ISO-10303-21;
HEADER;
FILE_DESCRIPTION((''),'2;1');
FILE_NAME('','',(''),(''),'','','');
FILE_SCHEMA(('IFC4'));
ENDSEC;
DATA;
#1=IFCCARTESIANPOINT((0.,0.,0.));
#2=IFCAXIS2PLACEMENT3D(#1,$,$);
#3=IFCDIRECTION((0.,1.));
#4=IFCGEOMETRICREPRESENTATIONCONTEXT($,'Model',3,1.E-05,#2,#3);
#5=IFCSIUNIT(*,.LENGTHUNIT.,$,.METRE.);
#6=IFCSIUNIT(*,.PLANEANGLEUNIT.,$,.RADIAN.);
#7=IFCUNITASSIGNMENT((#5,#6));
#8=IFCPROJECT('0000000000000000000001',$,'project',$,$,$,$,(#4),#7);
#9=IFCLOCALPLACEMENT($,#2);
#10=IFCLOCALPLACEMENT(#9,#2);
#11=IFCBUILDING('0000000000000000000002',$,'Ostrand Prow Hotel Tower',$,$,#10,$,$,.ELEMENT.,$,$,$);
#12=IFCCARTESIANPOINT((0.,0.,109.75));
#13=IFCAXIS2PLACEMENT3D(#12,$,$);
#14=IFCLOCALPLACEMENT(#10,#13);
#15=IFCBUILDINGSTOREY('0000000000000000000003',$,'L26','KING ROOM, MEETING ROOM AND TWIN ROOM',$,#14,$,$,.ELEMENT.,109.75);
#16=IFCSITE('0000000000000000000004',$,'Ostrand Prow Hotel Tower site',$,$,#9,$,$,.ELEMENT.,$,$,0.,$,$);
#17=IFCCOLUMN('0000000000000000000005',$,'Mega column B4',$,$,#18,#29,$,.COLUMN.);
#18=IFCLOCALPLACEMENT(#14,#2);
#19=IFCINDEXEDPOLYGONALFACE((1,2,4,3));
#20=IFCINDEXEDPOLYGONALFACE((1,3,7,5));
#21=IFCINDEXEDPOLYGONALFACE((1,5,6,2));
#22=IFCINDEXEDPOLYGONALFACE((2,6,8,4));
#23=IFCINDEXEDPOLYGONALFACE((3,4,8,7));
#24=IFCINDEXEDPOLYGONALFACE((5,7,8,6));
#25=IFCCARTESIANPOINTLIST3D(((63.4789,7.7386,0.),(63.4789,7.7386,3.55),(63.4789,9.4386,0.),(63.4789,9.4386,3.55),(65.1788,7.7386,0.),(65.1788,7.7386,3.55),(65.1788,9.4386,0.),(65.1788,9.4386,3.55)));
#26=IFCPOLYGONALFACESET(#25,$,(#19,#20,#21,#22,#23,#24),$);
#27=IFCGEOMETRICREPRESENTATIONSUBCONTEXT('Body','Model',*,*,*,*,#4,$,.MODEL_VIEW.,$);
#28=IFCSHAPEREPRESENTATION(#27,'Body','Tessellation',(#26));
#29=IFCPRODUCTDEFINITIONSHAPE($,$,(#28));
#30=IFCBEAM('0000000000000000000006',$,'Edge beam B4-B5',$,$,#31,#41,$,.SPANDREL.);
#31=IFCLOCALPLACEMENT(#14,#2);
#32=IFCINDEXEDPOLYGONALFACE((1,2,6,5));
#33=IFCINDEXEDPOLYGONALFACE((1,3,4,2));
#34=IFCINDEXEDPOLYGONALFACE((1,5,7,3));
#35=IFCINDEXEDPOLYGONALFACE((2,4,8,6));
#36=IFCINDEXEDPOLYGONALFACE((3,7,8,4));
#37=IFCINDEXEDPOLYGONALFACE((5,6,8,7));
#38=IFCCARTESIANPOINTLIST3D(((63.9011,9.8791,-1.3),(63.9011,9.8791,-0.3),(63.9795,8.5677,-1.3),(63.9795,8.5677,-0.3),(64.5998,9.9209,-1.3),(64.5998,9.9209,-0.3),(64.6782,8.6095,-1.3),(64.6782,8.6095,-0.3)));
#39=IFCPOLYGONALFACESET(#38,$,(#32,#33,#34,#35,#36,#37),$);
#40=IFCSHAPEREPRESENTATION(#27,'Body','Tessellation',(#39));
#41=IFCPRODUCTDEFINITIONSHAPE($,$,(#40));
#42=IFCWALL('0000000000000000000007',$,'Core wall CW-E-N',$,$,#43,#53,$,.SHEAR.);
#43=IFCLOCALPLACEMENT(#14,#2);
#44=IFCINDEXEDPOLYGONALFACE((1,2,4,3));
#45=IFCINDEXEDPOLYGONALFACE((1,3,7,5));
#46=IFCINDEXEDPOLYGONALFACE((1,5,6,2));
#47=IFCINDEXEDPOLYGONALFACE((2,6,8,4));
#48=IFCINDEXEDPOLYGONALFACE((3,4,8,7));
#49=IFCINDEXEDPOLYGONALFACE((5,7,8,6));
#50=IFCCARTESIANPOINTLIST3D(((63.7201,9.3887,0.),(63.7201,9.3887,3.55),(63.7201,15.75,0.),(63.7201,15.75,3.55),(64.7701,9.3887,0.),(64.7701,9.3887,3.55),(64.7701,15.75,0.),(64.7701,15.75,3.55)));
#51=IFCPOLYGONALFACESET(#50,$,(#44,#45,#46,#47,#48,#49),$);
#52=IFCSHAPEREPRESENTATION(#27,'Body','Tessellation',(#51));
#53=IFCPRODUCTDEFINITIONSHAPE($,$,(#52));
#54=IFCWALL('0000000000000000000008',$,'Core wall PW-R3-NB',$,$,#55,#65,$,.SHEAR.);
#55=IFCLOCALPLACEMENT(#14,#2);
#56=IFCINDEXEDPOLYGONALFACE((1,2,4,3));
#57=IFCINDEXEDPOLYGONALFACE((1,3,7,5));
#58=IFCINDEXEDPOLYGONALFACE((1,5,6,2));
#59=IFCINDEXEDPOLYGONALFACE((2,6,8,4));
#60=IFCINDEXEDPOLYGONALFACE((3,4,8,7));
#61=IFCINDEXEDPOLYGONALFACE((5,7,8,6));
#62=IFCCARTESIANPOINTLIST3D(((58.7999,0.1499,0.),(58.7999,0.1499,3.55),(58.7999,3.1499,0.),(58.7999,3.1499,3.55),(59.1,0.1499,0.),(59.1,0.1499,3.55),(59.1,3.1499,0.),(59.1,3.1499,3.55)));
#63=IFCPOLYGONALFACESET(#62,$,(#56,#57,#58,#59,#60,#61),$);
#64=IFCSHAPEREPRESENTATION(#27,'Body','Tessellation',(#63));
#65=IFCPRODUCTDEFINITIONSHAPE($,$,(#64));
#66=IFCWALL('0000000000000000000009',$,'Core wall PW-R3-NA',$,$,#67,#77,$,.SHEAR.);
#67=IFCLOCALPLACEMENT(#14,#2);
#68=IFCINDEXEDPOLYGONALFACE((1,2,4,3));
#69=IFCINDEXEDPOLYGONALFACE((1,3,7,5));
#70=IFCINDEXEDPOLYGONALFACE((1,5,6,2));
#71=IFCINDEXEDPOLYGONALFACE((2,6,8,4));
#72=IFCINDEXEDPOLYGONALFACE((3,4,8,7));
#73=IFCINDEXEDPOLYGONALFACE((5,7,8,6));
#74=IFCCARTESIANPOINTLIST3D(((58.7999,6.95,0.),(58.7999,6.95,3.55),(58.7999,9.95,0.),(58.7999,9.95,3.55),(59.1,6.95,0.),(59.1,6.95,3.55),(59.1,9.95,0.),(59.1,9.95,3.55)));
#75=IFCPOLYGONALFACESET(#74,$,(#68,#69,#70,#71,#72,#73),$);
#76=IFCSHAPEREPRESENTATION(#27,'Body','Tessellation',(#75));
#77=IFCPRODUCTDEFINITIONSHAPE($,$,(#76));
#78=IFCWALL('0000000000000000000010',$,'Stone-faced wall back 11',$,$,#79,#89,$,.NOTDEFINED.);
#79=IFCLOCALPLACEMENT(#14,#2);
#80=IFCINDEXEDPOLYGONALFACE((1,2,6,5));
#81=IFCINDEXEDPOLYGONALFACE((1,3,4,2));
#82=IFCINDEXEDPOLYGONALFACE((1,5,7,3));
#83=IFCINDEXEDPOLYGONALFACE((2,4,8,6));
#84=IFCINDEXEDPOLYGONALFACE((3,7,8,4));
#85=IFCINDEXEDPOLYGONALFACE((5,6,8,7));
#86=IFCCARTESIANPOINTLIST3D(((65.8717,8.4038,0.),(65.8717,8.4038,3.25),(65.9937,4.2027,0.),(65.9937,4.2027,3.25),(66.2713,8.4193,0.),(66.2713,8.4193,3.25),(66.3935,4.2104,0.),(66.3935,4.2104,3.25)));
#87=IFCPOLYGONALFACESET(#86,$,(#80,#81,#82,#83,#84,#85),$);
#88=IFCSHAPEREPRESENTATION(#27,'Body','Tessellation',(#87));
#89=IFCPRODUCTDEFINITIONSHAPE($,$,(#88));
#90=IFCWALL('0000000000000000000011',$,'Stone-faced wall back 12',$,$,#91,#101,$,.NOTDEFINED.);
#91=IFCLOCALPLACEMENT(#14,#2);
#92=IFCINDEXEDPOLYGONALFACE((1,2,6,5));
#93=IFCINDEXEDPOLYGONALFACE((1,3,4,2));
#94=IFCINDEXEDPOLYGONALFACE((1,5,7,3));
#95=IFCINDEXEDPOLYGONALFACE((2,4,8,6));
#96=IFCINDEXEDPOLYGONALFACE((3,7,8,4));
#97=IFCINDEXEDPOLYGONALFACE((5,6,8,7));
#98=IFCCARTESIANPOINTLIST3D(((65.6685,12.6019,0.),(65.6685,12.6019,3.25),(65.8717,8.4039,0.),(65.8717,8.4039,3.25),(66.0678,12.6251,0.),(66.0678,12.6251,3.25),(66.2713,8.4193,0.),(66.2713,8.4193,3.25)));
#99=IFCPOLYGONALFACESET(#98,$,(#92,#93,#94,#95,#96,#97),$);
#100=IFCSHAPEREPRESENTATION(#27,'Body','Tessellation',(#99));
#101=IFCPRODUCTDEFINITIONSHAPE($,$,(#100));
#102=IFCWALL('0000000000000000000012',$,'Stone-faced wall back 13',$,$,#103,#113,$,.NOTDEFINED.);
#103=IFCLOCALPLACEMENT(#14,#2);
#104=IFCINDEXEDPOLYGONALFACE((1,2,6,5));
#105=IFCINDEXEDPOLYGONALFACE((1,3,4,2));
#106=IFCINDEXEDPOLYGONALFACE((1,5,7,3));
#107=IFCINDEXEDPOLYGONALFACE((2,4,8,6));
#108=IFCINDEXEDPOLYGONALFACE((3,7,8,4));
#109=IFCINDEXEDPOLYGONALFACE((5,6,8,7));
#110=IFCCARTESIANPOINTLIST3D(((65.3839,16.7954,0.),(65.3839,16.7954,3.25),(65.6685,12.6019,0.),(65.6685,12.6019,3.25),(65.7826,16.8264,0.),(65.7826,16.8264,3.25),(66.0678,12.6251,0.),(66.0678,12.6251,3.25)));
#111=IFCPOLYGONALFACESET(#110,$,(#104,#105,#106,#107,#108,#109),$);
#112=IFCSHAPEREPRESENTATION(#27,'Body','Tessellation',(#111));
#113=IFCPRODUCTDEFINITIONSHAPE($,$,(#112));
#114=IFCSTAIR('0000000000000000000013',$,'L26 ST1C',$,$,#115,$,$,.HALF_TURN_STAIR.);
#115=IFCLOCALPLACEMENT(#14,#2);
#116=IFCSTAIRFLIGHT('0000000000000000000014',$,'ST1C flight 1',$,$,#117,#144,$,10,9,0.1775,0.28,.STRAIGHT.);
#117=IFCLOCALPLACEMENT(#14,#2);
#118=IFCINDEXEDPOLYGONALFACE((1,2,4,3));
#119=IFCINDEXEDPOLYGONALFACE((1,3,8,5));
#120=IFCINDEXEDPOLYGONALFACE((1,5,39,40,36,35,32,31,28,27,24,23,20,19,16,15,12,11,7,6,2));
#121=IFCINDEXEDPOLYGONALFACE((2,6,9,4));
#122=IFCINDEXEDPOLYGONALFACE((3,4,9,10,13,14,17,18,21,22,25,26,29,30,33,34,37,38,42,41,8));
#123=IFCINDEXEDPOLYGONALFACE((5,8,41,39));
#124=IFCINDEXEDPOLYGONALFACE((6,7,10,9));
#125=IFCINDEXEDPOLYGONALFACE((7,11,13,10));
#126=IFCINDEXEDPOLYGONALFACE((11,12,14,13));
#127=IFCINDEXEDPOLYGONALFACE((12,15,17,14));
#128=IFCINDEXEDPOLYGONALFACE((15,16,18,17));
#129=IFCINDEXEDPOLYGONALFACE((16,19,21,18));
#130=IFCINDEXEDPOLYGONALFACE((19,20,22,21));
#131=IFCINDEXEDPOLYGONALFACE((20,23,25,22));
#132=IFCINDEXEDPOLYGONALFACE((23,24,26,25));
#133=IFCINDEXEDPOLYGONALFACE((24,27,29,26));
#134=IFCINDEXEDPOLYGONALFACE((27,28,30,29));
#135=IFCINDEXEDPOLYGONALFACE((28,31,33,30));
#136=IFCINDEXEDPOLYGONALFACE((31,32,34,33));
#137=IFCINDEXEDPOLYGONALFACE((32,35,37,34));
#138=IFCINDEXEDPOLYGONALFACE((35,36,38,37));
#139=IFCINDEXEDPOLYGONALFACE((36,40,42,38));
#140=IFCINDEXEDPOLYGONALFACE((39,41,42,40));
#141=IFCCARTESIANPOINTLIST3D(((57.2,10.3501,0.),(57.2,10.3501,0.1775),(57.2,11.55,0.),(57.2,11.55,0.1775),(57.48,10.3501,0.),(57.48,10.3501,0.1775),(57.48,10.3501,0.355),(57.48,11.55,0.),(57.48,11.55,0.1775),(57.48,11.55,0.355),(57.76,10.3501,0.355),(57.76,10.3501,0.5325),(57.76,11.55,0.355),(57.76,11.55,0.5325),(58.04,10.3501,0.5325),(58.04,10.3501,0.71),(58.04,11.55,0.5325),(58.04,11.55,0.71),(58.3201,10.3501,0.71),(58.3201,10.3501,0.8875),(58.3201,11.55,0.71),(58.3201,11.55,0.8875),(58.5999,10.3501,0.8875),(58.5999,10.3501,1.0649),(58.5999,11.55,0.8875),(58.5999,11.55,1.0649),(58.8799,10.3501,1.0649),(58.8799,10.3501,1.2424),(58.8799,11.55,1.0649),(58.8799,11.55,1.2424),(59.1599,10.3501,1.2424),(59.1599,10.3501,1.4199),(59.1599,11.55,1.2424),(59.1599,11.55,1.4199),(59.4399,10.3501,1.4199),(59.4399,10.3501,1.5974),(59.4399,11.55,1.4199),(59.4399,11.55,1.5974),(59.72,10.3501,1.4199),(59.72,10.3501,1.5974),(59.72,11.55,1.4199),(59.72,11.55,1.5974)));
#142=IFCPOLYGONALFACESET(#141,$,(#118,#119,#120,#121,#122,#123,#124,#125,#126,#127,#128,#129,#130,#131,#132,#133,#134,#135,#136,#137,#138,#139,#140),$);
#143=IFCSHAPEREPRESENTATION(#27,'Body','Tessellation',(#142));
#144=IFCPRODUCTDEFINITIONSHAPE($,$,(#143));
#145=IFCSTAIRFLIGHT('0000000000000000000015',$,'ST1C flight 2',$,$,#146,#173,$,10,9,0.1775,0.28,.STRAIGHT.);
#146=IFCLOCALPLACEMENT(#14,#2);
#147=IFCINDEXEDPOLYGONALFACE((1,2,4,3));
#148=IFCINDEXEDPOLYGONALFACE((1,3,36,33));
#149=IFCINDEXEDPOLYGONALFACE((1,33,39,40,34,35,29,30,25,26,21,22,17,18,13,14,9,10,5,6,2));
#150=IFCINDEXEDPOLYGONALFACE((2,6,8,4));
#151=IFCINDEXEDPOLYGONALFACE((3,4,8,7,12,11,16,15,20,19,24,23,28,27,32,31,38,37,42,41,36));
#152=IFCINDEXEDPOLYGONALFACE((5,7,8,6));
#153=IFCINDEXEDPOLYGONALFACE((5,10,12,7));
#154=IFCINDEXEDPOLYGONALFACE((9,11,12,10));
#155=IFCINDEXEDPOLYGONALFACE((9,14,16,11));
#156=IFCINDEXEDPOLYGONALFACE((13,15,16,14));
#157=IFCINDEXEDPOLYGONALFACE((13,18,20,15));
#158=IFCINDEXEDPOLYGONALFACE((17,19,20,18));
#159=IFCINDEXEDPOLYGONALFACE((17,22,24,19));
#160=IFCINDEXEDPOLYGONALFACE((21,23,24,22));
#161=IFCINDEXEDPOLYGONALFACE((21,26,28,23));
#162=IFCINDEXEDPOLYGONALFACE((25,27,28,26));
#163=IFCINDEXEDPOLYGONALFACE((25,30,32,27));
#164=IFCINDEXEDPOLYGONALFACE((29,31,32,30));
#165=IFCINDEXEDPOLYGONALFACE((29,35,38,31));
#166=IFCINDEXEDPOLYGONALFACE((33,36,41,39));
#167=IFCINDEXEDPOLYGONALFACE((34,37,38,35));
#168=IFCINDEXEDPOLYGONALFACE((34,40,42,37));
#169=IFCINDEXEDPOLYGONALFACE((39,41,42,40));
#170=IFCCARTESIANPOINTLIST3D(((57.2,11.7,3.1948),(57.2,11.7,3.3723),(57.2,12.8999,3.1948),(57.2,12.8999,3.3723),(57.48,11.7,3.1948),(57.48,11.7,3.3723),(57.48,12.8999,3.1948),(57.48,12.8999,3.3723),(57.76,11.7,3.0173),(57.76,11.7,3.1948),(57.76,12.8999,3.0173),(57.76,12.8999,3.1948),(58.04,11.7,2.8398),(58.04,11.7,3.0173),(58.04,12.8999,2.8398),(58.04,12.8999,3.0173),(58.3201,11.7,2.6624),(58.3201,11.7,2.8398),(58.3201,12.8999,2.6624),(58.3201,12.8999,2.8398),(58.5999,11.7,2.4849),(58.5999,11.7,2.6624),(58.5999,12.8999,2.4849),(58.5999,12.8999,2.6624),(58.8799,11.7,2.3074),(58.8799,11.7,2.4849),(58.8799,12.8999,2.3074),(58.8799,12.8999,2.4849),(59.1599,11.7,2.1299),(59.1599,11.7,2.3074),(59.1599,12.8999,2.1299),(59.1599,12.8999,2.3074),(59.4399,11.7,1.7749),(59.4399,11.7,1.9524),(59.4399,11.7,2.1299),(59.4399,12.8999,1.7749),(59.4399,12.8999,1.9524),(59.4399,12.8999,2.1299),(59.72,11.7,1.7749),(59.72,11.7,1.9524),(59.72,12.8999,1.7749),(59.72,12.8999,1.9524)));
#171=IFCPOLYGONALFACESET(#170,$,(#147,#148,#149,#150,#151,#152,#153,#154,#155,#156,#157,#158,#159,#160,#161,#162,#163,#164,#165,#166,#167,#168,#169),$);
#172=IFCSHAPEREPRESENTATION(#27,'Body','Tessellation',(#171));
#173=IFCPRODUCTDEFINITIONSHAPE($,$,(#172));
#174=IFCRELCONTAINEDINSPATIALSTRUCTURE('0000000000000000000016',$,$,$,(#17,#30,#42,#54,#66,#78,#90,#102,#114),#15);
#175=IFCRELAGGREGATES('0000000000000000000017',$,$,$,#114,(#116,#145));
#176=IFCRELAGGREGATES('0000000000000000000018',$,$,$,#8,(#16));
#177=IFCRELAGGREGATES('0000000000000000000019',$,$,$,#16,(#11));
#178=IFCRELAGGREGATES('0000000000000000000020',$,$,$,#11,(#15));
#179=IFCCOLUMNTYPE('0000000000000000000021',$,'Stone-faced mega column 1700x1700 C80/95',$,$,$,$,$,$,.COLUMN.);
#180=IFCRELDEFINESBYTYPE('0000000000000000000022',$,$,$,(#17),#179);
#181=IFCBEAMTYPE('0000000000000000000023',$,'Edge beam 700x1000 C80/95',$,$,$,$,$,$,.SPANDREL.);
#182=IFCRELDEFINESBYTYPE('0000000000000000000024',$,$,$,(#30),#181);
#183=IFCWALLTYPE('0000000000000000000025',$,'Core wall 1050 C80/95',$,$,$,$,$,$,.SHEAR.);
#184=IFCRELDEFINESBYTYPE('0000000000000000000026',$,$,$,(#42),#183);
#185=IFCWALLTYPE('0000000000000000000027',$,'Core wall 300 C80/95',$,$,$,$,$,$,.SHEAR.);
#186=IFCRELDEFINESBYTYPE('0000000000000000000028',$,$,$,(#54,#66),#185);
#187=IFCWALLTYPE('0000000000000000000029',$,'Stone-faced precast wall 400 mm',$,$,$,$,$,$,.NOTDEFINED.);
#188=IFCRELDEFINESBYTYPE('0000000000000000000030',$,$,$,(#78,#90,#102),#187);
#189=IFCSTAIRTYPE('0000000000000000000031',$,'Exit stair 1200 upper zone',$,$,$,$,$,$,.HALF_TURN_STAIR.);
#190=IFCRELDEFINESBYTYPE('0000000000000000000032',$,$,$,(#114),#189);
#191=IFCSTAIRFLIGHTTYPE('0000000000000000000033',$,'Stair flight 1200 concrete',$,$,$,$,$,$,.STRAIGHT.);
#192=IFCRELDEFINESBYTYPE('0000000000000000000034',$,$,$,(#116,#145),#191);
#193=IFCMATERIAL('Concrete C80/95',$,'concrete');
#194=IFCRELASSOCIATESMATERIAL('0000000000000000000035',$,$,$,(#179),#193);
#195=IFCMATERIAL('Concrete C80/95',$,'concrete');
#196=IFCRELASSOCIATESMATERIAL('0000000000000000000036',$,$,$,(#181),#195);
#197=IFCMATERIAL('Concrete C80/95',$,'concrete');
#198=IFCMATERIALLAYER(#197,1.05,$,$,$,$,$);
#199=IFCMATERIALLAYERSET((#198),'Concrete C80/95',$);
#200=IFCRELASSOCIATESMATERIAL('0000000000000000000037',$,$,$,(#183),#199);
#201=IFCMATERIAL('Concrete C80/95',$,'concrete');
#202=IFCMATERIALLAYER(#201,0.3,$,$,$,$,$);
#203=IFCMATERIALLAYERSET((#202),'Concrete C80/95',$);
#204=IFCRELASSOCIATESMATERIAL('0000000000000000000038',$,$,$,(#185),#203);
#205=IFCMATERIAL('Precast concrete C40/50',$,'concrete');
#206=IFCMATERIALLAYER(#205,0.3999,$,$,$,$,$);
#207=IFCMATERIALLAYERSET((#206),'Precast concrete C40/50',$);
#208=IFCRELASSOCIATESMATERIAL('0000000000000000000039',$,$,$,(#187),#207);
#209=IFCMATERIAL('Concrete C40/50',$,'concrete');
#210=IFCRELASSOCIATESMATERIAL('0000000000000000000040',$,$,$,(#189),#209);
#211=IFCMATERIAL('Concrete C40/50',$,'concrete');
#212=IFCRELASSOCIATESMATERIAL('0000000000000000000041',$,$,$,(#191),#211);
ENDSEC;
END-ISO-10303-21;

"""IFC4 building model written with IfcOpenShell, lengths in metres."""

from ifc_helpers import new_model, si_unit, direction, frame, frame_2d, origin, origin_2d, place, context, subcontext, project, spatial, polyline, rectangle, outline, extrude, material, layer, layer_set, material_profile, profile_set, type_object, element, aggregate, save


model = new_model("IFC4")

# Units and contexts
model_context = context("Model", 3, precision=1e-05, world=origin(), true_north=direction((0.0, 1.0)))
body_context = subcontext(model_context, "Body", "Model", "MODEL_VIEW")
ifc_project = project(units=[si_unit("LENGTHUNIT", "METRE"), si_unit("PLANEANGLEUNIT", "RADIAN")], contexts=[model_context])

# Site, building, storey
site_placement = place(None, origin())
site = spatial("IfcSite", under=ifc_project, at=site_placement, Name="Ostrand Prow Hotel Tower site", CompositionType="ELEMENT", RefElevation=0.0)
building_placement = place(site_placement, origin())
building = spatial("IfcBuilding", under=site, at=building_placement, Name="Ostrand Prow Hotel Tower", CompositionType="ELEMENT")
storey_placement = place(building_placement, frame((0.0, 0.0, 109.75)))
storey = spatial("IfcBuildingStorey", under=building, at=storey_placement, Name="L26", Description="KING ROOM, MEETING ROOM AND TWIN ROOM", CompositionType="ELEMENT", Elevation=109.75)

# Column
ifc_material_1 = material(Name="Concrete C80/95", Category="concrete")
ifc_material_profile_1 = material_profile(ifc_material_1, rectangle(XDim=1.7, YDim=1.7, at=origin_2d()), Name="RC 1700x1700")
ifc_profile_set_1 = profile_set([ifc_material_profile_1], Name="Concrete C80/95")
column_type = type_object("IfcColumnType", Name="Stone-faced mega column 1700x1700 C80/95", PredefinedType="COLUMN", material=ifc_profile_set_1)
column_placement = place(storey_placement, frame((64.3289, 8.5886, 0.0), z_axis=(0.0, 0.0, 1.0), x_axis=(1.0, 0.0, 0.0)))
element("IfcColumn", 1, at=column_placement, inside=storey, type_object=column_type, Name="Mega column B4", PredefinedType="COLUMN", context=body_context, shape_type="SweptSolid", body=[
    extrude(rectangle(XDim=1.7, YDim=1.7, at=origin_2d()), origin(), (0.0, 0.0, 1.0), 3.55),
])

# Beam
ifc_material_2 = material(Name="Concrete C80/95", Category="concrete")
ifc_material_profile_2 = material_profile(ifc_material_2, rectangle(XDim=0.7, YDim=1.0, at=origin_2d()), Name="RC 700x1000")
ifc_profile_set_2 = profile_set([ifc_material_profile_2], Name="Concrete C80/95")
beam_type = type_object("IfcBeamType", Name="Edge beam 700x1000 C80/95", PredefinedType="SPANDREL", material=ifc_profile_set_2)
beam_placement = place(storey_placement, frame((64.3289, 8.5886, -0.8), z_axis=(-0.059659, 0.998219, 0.0), x_axis=(-0.998219, -0.059659, 0.0)))
element("IfcBeam", 2, at=beam_placement, inside=storey, type_object=beam_type, Name="Edge beam B4-B5", PredefinedType="SPANDREL", context=body_context, shape_type="SweptSolid", body=[
    extrude(rectangle(XDim=0.7, YDim=1.0, at=origin_2d()), origin(), (0.0, 0.0, 1.0), 1.3137),
])

# Walls
ifc_material_3 = material(Name="Concrete C80/95", Category="concrete")
ifc_layer_1 = layer(ifc_material_3, 1.05)
ifc_layer_set_1 = layer_set([ifc_layer_1], Name="Concrete C80/95")
wall_type_1 = type_object("IfcWallType", Name="Core wall 1050 C80/95", PredefinedType="SHEAR", material=ifc_layer_set_1)
wall_1_placement = place(storey_placement, frame((64.2451, 9.3887, 0.0), z_axis=(0.0, 0.0, 1.0), x_axis=(0.0, 1.0, 0.0)))
element("IfcWall", 3, at=wall_1_placement, inside=storey, type_object=wall_type_1, Name="Core wall CW-E-N", PredefinedType="SHEAR", context=body_context, shape_type="SweptSolid", body=[
    extrude(rectangle(XDim=6.3613, YDim=1.05, at=frame_2d((3.1807, 0.0))), origin(), (0.0, 0.0, 1.0), 3.55),
])
ifc_material_4 = material(Name="Concrete C80/95", Category="concrete")
ifc_layer_2 = layer(ifc_material_4, 0.3)
ifc_layer_set_2 = layer_set([ifc_layer_2], Name="Concrete C80/95")
wall_type_2 = type_object("IfcWallType", Name="Core wall 300 C80/95", PredefinedType="SHEAR", material=ifc_layer_set_2)
for number, where, z_axis, x_axis, name in (
    (4, (58.95, 0.1499, 0.0), (0.0, 0.0, 1.0), (0.0, 1.0, 0.0), "Core wall PW-R3-NB"),
    (5, (58.95, 6.95, 0.0), (0.0, 0.0, 1.0), (0.0, 1.0, 0.0), "Core wall PW-R3-NA"),
):
    element("IfcWall", number, at=place(storey_placement, frame(where, z_axis=z_axis, x_axis=x_axis)), inside=storey, type_object=wall_type_2, Name=name, PredefinedType="SHEAR", context=body_context, shape_type="SweptSolid", body=[
        extrude(rectangle(XDim=3.0, YDim=0.3, at=frame_2d((1.5, 0.0))), origin(), (0.0, 0.0, 1.0), 3.55),
    ])
ifc_material_5 = material(Name="Precast concrete C40/50", Category="concrete")
ifc_layer_3 = layer(ifc_material_5, 0.3999)
ifc_layer_set_3 = layer_set([ifc_layer_3], Name="Precast concrete C40/50")
wall_type_3 = type_object("IfcWallType", Name="Stone-faced precast wall 400 mm", PredefinedType="NOTDEFINED", material=ifc_layer_set_3)
for number, where, z_axis, x_axis, name in (
    (6, (66.1936, 4.2065, 0.0), (0.0, 0.0, 1.0), (-0.029017, 0.999579, 0.0), "Stone-faced wall back 11"),
    (7, (66.0715, 8.4116, 0.0), (0.0, 0.0, 1.0), (-0.048343, 0.998831, 0.0), "Stone-faced wall back 12"),
):
    element("IfcWall", number, at=place(storey_placement, frame(where, z_axis=z_axis, x_axis=x_axis)), inside=storey, type_object=wall_type_3, Name=name, PredefinedType="NOTDEFINED", context=body_context, shape_type="SweptSolid", body=[
        extrude(outline(polyline([(-0.002, -0.2), (4.2087, -0.2), (4.2048, 0.2), (0.002, 0.2), (-0.002, -0.2)])), origin(), (0.0, 0.0, 1.0), 3.25),
    ])
wall_2_placement = place(storey_placement, frame((65.8682, 12.6135, 0.0), z_axis=(0.0, 0.0, 1.0), x_axis=(-0.067725, 0.997704, 0.0)))
element("IfcWall", 8, at=wall_2_placement, inside=storey, type_object=wall_type_3, Name="Stone-faced wall back 13", PredefinedType="NOTDEFINED", context=body_context, shape_type="SweptSolid", body=[
    extrude(outline(polyline([(-0.002, -0.2), (4.209, -0.2), (4.2051, 0.2), (0.002, 0.2), (-0.002, -0.2)])), origin(), (0.0, 0.0, 1.0), 3.25),
])

# Stair, stair flights
ifc_material_6 = material(Name="Concrete C40/50", Category="concrete")
stair_type = type_object("IfcStairType", Name="Exit stair 1200 upper zone", PredefinedType="HALF_TURN_STAIR", material=ifc_material_6)
stair_1_placement = place(storey_placement, origin())
stair_1 = element("IfcStair", 9, at=stair_1_placement, inside=storey, type_object=stair_type, Name="L26 ST1C", PredefinedType="HALF_TURN_STAIR")
ifc_material_7 = material(Name="Concrete C40/50", Category="concrete")
stair_flight_type = type_object("IfcStairFlightType", Name="Stair flight 1200 concrete", PredefinedType="STRAIGHT", material=ifc_material_7)
stair_flight_1_placement = place(storey_placement, frame((57.2, 10.95, 0.0), z_axis=(0.0, 0.0, 1.0), x_axis=(1.0, 0.0, 0.0)))
stair_flight_1 = element("IfcStairFlight", 10, at=stair_flight_1_placement, type_object=stair_flight_type, Name="ST1C flight 1", NumberOfRisers=10, NumberOfTreads=9, PredefinedType="STRAIGHT", RiserHeight=0.1775, TreadLength=0.28, context=body_context, shape_type="SweptSolid", body=[
    extrude(outline(polyline([(0.0, 0.0), (0.0, 0.1775), (0.28, 0.1775), (0.28, 0.355), (0.5601, 0.355), (0.5601, 0.5325), (0.8401, 0.5325), (0.8401, 0.71), (1.1201, 0.71), (1.1201, 0.8875), (1.3999, 0.8875), (1.3999, 1.0649), (1.6799, 1.0649), (1.6799, 1.2424), (1.96, 1.2424), (1.96, 1.4199), (2.24, 1.4199), (2.24, 1.5974), (2.52, 1.5974), (2.52, 1.7749), (2.52, 1.4199), (0.28, 0.0), (0.0, 0.0)])), frame((0.0, 0.6001, 0.0), z_axis=(0.0, -1.0, 0.0), x_axis=(1.0, 0.0, 0.0)), (0.0, 0.0, 1.0), 1.2),
])
stair_flight_2_placement = place(storey_placement, frame((59.72, 12.3, 1.7749), z_axis=(0.0, 0.0, 1.0), x_axis=(-1.0, 0.0, 0.0)))
stair_flight_2 = element("IfcStairFlight", 11, at=stair_flight_2_placement, type_object=stair_flight_type, Name="ST1C flight 2", NumberOfRisers=10, NumberOfTreads=9, PredefinedType="STRAIGHT", RiserHeight=0.1775, TreadLength=0.28, context=body_context, shape_type="SweptSolid", body=[
    extrude(outline(polyline([(0.0, 0.0), (0.0, 0.1775), (0.28, 0.1775), (0.28, 0.355), (0.5601, 0.355), (0.5601, 0.5325), (0.8401, 0.5325), (0.8401, 0.71), (1.1201, 0.71), (1.1201, 0.8875), (1.3999, 0.8875), (1.3999, 1.0649), (1.6799, 1.0649), (1.6799, 1.2424), (1.96, 1.2424), (1.96, 1.4199), (2.24, 1.4199), (2.24, 1.5974), (2.52, 1.5974), (2.52, 1.7749), (2.52, 1.4199), (0.28, 0.0), (0.0, 0.0)])), frame((0.0, 0.6001, 0.0), z_axis=(0.0, -1.0, 0.0), x_axis=(1.0, 0.0, 0.0)), (0.0, 0.0, 1.0), 1.2),
])
aggregate(stair_1, [stair_flight_1, stair_flight_2])

save(model, "model.ifc")
